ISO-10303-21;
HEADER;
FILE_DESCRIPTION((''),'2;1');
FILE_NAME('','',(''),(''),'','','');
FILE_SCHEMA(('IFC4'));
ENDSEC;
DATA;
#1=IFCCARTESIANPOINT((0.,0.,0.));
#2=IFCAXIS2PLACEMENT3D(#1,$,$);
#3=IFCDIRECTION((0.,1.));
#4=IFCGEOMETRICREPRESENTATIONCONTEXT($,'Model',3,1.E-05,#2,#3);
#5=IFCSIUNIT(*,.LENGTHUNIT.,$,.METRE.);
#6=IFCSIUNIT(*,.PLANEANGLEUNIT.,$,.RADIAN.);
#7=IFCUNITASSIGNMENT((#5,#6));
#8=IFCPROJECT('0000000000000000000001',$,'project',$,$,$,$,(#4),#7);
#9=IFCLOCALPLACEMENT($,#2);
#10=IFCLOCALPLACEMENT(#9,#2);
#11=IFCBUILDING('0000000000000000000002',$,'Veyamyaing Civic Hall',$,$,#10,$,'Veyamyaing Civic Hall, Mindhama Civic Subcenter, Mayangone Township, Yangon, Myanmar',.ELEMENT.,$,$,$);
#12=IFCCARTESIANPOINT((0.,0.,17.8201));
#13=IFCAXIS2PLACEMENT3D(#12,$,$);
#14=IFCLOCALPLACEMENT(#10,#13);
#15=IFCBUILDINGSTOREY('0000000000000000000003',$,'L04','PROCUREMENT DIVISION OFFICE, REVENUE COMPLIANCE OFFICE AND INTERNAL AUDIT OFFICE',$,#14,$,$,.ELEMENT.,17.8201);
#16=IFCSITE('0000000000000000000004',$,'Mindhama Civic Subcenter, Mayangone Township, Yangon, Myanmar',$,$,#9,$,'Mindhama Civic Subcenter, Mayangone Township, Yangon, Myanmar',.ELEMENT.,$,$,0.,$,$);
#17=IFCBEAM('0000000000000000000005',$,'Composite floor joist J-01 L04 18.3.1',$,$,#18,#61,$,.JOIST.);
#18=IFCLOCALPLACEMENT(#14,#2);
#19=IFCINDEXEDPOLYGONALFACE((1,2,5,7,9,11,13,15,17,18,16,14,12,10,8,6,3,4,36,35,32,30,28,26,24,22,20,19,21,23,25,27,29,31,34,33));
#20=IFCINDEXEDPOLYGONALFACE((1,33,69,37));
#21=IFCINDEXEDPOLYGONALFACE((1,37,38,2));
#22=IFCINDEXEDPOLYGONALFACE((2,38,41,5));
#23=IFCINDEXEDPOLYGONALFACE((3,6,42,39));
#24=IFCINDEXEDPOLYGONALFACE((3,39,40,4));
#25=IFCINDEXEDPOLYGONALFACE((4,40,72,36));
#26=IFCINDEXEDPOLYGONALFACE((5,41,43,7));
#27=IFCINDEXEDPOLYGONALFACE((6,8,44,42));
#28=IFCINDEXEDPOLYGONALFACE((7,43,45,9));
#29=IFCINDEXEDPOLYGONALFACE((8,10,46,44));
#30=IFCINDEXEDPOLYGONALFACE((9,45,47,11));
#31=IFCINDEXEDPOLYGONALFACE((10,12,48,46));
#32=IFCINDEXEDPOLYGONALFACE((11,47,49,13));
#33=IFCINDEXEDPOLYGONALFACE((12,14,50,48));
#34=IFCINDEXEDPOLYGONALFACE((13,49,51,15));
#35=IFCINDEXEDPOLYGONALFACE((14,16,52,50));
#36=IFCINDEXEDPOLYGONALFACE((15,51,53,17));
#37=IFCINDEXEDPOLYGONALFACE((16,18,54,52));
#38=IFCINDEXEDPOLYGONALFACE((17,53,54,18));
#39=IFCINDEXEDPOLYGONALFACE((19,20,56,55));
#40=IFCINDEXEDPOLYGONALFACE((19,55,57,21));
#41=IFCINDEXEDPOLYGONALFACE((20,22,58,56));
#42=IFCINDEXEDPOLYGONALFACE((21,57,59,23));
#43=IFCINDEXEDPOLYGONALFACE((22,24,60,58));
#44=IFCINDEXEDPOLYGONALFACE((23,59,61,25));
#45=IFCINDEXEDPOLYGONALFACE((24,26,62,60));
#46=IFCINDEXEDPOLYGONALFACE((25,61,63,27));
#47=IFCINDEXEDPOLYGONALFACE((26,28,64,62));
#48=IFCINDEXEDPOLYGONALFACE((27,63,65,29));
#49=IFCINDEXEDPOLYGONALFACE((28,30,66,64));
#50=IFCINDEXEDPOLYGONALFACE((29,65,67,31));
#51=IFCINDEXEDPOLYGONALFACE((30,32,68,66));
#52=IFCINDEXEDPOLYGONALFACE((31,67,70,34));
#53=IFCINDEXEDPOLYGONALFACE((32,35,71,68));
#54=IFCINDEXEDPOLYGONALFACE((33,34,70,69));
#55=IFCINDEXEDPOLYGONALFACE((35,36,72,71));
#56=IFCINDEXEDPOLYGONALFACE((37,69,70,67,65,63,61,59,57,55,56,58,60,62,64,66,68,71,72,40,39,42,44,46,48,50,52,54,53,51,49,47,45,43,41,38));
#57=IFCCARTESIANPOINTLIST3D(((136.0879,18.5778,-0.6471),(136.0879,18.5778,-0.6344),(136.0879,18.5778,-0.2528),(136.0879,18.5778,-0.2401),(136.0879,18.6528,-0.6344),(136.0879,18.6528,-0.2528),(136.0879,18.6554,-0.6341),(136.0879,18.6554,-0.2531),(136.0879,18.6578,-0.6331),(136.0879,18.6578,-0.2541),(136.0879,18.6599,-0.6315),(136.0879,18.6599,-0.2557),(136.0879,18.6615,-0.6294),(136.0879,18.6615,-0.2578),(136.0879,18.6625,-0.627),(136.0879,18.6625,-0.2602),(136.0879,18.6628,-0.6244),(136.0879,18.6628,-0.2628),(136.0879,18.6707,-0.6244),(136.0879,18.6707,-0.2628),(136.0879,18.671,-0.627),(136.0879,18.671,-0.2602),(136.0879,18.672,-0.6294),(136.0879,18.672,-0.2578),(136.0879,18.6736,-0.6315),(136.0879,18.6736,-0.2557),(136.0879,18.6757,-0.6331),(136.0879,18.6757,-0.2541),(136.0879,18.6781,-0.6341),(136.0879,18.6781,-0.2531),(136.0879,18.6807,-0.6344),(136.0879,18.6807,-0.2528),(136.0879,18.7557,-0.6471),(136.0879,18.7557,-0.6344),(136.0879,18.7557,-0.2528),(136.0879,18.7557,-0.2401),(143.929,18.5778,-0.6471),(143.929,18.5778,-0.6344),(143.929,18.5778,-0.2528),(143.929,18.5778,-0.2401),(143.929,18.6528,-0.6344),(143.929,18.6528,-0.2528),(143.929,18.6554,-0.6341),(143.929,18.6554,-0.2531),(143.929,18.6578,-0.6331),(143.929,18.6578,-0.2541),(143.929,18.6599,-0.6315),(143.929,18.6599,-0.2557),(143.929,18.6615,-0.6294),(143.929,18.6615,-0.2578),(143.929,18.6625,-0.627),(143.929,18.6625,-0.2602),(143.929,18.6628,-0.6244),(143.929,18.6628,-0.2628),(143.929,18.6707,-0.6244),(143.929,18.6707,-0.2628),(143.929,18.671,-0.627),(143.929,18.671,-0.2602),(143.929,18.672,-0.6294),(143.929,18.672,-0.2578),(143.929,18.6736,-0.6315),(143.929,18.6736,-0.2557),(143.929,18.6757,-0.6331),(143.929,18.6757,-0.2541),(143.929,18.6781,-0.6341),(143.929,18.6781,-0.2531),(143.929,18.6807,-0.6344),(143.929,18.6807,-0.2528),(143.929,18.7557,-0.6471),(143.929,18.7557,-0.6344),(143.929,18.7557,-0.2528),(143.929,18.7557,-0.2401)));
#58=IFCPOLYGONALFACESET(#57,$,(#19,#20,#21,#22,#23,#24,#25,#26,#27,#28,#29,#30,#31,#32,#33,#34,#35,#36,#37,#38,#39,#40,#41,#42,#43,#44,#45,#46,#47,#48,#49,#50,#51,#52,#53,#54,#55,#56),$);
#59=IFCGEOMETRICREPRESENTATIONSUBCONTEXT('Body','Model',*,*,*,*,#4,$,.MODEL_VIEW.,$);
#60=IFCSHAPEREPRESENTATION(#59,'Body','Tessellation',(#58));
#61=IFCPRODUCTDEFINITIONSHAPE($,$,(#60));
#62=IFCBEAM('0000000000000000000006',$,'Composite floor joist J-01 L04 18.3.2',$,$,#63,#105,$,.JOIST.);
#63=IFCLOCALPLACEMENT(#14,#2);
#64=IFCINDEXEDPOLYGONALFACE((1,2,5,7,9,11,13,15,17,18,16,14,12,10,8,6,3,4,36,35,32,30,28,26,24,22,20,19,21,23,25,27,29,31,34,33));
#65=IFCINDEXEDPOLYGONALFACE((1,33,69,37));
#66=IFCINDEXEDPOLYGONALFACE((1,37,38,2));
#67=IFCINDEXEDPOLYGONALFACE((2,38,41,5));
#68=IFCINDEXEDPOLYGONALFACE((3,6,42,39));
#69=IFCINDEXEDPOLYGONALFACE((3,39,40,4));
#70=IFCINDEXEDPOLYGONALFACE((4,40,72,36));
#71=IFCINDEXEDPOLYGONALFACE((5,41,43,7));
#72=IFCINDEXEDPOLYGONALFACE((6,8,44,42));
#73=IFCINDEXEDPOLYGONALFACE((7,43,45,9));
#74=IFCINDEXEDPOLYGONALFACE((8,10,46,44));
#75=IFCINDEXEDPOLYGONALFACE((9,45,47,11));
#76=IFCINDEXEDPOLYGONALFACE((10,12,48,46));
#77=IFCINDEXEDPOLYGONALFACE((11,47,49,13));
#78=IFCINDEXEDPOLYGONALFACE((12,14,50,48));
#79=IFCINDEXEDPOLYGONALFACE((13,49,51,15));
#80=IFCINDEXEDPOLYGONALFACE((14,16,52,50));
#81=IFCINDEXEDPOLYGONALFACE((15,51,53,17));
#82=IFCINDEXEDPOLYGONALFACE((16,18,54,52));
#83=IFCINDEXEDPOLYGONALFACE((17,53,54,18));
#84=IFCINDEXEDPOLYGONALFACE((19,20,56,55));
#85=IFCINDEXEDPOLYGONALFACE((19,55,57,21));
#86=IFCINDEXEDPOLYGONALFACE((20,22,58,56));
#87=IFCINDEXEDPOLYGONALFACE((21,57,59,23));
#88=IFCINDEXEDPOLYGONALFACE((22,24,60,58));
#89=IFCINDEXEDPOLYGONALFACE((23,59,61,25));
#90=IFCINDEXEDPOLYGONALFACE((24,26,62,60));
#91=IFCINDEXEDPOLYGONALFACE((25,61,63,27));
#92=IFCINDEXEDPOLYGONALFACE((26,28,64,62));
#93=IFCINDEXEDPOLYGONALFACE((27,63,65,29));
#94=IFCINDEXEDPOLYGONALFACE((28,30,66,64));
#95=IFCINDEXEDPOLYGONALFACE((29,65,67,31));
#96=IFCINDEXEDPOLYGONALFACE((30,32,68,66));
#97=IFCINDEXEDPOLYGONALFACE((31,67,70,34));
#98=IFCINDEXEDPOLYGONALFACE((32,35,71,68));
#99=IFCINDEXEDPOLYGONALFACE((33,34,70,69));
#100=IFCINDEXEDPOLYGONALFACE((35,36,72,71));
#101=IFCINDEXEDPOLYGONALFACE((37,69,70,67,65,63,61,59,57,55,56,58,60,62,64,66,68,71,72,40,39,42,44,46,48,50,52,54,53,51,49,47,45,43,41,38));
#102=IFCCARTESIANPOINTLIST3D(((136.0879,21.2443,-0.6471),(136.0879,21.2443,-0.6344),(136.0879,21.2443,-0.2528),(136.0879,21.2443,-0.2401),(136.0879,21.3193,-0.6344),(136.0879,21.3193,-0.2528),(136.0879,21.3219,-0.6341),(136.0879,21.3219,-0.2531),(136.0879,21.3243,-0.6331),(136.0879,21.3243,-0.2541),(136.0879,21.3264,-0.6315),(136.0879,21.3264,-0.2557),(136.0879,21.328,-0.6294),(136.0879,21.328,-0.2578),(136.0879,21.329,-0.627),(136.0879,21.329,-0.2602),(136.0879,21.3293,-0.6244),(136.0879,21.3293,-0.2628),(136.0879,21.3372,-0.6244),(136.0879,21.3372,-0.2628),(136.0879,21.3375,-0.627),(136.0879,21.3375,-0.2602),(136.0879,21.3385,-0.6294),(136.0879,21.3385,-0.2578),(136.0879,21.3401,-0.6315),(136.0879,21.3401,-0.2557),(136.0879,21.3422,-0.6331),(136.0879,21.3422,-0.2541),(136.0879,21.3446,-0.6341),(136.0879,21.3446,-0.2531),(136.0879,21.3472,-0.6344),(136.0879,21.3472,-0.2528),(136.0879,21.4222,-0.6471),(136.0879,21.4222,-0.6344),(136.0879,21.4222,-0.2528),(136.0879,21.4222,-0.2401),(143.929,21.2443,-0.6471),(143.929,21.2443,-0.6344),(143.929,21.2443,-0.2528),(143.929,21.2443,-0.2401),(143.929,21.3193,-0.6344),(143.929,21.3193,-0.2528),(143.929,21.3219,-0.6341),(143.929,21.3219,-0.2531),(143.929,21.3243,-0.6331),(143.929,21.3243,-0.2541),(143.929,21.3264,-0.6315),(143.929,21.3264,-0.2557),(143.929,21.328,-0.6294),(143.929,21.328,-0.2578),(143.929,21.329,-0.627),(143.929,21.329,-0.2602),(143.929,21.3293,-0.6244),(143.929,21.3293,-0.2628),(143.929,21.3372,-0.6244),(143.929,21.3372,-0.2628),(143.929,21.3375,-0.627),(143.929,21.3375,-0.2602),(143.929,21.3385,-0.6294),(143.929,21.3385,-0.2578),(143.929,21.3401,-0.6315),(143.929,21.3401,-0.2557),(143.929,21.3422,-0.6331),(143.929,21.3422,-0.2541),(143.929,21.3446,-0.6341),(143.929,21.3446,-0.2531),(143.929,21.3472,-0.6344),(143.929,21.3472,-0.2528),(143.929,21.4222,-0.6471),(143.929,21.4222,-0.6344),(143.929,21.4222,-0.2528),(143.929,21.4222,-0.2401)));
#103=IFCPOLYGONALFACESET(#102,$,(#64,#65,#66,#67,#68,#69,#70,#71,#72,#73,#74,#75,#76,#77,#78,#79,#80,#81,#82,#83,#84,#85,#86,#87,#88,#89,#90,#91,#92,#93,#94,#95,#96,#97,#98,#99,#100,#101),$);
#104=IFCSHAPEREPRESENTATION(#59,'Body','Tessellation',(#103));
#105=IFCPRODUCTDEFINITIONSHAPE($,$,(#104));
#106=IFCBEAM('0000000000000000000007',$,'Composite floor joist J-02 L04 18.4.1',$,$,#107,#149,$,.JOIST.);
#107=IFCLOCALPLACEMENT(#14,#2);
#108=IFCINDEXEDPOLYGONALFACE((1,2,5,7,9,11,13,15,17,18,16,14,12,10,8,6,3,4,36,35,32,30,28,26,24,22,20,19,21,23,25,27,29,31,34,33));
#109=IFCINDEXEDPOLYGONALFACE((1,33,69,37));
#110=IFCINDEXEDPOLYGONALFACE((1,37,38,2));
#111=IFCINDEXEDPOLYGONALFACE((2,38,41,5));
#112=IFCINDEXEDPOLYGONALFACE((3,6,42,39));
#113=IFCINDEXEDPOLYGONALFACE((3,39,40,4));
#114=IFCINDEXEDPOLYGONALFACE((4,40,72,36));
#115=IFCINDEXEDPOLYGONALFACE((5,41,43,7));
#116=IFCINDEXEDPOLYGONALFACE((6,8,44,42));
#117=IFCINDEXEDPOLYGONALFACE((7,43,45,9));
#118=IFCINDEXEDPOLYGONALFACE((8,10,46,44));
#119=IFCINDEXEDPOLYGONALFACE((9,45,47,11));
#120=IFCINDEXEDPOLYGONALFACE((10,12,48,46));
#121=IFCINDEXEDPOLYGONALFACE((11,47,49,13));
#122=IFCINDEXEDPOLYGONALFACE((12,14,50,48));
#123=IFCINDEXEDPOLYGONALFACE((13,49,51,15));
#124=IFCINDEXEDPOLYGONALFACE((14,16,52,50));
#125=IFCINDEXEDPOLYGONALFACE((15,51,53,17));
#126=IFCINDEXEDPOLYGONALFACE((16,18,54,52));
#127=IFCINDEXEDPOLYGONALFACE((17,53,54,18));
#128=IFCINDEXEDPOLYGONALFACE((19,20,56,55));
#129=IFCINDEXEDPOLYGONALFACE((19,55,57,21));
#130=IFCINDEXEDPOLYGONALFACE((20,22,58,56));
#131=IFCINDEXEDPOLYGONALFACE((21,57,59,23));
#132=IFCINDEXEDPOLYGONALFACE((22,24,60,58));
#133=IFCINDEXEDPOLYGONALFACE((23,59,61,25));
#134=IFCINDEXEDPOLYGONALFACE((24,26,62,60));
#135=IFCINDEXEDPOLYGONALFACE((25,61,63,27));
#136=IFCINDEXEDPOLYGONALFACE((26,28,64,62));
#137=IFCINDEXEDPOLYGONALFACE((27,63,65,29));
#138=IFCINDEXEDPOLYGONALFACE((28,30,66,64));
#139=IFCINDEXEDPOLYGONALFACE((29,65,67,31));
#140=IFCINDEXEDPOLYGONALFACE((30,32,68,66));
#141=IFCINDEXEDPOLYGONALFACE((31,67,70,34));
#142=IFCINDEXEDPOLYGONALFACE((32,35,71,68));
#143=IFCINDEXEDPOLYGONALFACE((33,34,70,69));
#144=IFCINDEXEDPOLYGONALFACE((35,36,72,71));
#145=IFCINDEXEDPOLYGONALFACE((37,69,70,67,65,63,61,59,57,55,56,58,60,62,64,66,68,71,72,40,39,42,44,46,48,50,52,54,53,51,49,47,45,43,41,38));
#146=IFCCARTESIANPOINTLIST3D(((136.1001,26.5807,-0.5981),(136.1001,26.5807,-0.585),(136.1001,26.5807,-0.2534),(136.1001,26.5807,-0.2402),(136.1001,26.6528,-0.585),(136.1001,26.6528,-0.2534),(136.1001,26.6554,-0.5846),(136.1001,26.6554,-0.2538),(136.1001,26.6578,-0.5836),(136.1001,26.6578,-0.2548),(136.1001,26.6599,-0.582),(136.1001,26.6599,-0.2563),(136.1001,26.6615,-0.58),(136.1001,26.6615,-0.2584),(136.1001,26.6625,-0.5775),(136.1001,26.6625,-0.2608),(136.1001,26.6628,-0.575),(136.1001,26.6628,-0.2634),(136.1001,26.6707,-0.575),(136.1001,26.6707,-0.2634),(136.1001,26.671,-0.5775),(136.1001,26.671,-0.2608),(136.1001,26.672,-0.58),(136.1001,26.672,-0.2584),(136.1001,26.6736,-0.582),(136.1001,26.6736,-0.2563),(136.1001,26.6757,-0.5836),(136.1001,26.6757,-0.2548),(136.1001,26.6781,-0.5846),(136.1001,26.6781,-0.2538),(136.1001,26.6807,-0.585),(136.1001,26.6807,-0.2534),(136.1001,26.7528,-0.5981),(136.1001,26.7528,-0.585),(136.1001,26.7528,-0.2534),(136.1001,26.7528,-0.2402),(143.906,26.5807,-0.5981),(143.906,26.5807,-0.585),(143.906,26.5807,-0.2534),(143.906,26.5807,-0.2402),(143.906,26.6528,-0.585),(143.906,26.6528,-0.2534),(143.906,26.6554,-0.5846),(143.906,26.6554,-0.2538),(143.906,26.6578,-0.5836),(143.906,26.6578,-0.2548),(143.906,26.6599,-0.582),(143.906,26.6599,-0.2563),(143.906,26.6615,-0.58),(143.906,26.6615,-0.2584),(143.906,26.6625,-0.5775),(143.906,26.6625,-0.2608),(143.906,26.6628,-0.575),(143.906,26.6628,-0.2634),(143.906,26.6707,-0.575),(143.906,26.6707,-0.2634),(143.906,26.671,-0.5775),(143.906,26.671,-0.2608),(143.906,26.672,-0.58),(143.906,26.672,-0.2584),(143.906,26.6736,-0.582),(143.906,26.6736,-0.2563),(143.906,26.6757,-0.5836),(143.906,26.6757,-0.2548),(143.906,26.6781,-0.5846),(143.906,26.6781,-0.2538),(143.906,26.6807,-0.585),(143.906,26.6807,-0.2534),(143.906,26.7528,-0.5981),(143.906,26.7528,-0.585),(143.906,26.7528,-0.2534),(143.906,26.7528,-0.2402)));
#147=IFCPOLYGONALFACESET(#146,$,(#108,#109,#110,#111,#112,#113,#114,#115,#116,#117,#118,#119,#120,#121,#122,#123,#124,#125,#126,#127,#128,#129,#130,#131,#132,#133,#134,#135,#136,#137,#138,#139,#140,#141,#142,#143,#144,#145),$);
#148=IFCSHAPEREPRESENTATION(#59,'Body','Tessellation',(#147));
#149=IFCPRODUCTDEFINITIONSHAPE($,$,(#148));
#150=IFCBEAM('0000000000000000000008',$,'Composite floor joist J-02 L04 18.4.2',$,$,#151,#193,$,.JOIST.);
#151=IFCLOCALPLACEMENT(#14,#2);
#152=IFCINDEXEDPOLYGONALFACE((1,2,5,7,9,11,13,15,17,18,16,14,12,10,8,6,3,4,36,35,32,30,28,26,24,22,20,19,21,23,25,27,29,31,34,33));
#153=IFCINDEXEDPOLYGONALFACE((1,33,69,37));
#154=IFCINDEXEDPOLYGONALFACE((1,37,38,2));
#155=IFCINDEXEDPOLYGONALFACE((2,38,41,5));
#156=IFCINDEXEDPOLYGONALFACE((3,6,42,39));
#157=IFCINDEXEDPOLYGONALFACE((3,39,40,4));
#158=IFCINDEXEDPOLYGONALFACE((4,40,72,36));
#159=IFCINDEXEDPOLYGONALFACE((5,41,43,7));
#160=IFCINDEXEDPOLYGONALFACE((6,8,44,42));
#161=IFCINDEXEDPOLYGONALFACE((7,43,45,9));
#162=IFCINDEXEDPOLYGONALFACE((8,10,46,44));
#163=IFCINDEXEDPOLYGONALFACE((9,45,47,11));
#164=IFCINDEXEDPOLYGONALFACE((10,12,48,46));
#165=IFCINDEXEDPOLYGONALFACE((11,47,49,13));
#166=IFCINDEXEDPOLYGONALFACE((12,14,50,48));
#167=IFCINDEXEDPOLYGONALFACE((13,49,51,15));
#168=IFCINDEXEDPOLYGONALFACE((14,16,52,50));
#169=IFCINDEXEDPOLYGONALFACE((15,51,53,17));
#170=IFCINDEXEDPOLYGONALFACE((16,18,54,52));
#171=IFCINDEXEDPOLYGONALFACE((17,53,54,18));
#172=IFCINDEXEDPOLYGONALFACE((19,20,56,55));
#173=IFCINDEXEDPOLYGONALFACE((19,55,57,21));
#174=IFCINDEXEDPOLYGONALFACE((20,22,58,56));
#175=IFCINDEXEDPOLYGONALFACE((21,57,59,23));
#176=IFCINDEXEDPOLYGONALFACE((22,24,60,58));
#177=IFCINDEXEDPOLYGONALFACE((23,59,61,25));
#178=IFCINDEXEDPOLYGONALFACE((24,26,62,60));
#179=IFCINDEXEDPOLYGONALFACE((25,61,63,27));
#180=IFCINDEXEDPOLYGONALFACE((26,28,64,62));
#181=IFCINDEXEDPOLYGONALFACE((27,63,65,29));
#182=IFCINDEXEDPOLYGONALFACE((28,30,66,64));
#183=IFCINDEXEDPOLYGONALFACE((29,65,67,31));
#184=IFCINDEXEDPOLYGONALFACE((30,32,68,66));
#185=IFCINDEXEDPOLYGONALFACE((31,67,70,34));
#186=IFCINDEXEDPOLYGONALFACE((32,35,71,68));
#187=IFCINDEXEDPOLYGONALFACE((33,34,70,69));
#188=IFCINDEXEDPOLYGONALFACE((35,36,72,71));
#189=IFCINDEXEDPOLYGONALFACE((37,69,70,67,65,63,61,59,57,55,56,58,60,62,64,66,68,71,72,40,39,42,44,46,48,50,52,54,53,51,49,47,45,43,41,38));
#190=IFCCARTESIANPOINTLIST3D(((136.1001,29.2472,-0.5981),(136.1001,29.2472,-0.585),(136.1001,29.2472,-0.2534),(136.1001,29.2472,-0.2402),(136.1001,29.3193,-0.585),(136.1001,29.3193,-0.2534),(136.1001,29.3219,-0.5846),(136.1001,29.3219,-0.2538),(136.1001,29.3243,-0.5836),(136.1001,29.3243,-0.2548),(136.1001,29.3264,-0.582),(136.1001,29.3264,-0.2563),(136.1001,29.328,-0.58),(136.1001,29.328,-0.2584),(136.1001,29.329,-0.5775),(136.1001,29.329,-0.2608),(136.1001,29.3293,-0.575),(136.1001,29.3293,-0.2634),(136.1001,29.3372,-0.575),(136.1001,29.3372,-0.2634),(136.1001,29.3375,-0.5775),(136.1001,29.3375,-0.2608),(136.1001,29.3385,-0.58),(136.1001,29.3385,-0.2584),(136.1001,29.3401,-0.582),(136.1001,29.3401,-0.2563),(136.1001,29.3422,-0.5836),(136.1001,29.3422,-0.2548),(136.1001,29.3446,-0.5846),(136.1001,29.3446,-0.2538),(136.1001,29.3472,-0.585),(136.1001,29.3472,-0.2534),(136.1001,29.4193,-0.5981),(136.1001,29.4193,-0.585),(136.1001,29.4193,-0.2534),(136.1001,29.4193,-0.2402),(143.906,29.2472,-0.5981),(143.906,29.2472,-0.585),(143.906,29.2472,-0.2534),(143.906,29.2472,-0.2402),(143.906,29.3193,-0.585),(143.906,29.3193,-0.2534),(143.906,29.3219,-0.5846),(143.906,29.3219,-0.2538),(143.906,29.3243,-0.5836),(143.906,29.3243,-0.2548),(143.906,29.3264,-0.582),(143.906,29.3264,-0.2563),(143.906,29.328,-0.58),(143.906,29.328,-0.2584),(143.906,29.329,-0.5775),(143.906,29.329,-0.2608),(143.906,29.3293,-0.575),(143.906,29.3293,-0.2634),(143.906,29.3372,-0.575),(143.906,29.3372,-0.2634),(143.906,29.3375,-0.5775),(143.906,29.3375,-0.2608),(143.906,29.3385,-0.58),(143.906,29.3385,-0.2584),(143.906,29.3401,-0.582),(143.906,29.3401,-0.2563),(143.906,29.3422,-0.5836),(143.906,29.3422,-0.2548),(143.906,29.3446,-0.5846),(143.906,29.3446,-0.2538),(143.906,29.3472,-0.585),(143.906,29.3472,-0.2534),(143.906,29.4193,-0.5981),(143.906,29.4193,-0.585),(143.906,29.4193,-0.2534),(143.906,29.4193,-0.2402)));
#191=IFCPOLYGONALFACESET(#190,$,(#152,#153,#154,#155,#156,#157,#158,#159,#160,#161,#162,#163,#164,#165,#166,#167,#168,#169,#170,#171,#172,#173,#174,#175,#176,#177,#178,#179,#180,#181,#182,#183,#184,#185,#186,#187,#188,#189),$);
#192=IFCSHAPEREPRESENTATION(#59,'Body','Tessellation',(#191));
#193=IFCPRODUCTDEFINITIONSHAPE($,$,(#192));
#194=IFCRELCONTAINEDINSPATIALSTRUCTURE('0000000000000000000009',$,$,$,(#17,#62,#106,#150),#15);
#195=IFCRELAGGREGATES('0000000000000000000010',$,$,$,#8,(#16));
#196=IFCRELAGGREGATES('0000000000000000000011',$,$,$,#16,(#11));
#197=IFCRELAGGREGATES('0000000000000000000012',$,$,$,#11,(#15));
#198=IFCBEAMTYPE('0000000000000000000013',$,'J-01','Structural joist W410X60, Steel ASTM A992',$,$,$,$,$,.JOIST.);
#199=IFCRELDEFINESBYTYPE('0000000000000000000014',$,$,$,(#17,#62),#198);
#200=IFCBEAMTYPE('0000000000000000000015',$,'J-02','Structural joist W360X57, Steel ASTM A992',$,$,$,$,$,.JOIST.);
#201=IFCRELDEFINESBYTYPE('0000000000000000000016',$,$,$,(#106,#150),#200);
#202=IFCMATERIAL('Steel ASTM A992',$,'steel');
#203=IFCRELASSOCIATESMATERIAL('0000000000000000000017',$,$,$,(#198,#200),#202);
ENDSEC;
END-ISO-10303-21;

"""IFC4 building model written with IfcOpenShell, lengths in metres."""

from ifc_helpers import new_model, si_unit, direction, frame, origin, origin_2d, place, context, subcontext, project, spatial, i_section, extrude, material, material_profile, profile_set, type_object, element, save


model = new_model("IFC4")

# Units and contexts
model_context = context("Model", 3, precision=1e-05, world=origin(), true_north=direction((0.0, 1.0)))
body_context = subcontext(model_context, "Body", "Model", "MODEL_VIEW")
ifc_project = project(units=[si_unit("LENGTHUNIT", "METRE"), si_unit("PLANEANGLEUNIT", "RADIAN")], contexts=[model_context])

# Site, building, storey
site_placement = place(None, origin())
site = spatial("IfcSite", under=ifc_project, at=site_placement, Name="Mindhama Civic Subcenter, Mayangone Township, Yangon, Myanmar", LongName="Mindhama Civic Subcenter, Mayangone Township, Yangon, Myanmar", CompositionType="ELEMENT", RefElevation=0.0)
building_placement = place(site_placement, origin())
building = spatial("IfcBuilding", under=site, at=building_placement, Name="Veyamyaing Civic Hall", LongName="Veyamyaing Civic Hall, Mindhama Civic Subcenter, Mayangone Township, Yangon, Myanmar", CompositionType="ELEMENT")
storey_placement = place(building_placement, frame((0.0, 0.0, 17.8201)))
storey = spatial("IfcBuildingStorey", under=building, at=storey_placement, Name="L04", Description="PROCUREMENT DIVISION OFFICE, REVENUE COMPLIANCE OFFICE AND INTERNAL AUDIT OFFICE", CompositionType="ELEMENT", Elevation=17.8201)

# Beams
ifc_material_1 = material(Name="Steel ASTM A992", Category="steel")
ifc_material_profile_1 = material_profile(ifc_material_1, i_section(OverallWidth=0.178, OverallDepth=0.407, WebThickness=0.0078, FlangeThickness=0.0127, FilletRadius=0.01, at=origin_2d()), Name="W410X60")
ifc_profile_set_1 = profile_set([ifc_material_profile_1], Name="Steel ASTM A992")
beam_type_1 = type_object("IfcBeamType", Name="J-01", Description="Structural joist W410X60, Steel ASTM A992", PredefinedType="JOIST", material=ifc_profile_set_1)
for number, where, z_axis, x_axis, name in (
    (1, (136.0879, 18.6667, -0.4436), (1.0, 0.0, 0.0), (0.0, 1.0, 0.0), "Composite floor joist J-01 L04 18.3.1"),
    (2, (136.0879, 21.3333, -0.4436), (1.0, 0.0, 0.0), (0.0, 1.0, 0.0), "Composite floor joist J-01 L04 18.3.2"),
):
    element("IfcBeam", number, at=place(storey_placement, frame(where, z_axis=z_axis, x_axis=x_axis)), inside=storey, type_object=beam_type_1, Name=name, PredefinedType="JOIST", context=body_context, shape_type="SweptSolid", body=[
        extrude(i_section(OverallWidth=0.178, OverallDepth=0.407, WebThickness=0.0078, FlangeThickness=0.0127, FilletRadius=0.01, at=origin_2d()), origin(), (0.0, 0.0, 1.0), 7.8411),
    ])
ifc_material_profile_2 = material_profile(ifc_material_1, i_section(OverallWidth=0.1721, OverallDepth=0.3579, WebThickness=0.0078, FlangeThickness=0.0132, FilletRadius=0.01, at=origin_2d()), Name="W360X57")
ifc_profile_set_2 = profile_set([ifc_material_profile_2], Name="Steel ASTM A992")
beam_type_2 = type_object("IfcBeamType", Name="J-02", Description="Structural joist W360X57, Steel ASTM A992", PredefinedType="JOIST", material=ifc_profile_set_2)
for number, where, z_axis, x_axis, name in (
    (3, (136.1001, 26.6667, -0.4192), (1.0, 0.0, 0.0), (0.0, 1.0, 0.0), "Composite floor joist J-02 L04 18.4.1"),
    (4, (136.1001, 29.3333, -0.4192), (1.0, 0.0, 0.0), (0.0, 1.0, 0.0), "Composite floor joist J-02 L04 18.4.2"),
):
    element("IfcBeam", number, at=place(storey_placement, frame(where, z_axis=z_axis, x_axis=x_axis)), inside=storey, type_object=beam_type_2, Name=name, PredefinedType="JOIST", context=body_context, shape_type="SweptSolid", body=[
        extrude(i_section(OverallWidth=0.1721, OverallDepth=0.3579, WebThickness=0.0078, FlangeThickness=0.0132, FilletRadius=0.01, at=origin_2d()), origin(), (0.0, 0.0, 1.0), 7.8059),
    ])

save(model, "model.ifc")
